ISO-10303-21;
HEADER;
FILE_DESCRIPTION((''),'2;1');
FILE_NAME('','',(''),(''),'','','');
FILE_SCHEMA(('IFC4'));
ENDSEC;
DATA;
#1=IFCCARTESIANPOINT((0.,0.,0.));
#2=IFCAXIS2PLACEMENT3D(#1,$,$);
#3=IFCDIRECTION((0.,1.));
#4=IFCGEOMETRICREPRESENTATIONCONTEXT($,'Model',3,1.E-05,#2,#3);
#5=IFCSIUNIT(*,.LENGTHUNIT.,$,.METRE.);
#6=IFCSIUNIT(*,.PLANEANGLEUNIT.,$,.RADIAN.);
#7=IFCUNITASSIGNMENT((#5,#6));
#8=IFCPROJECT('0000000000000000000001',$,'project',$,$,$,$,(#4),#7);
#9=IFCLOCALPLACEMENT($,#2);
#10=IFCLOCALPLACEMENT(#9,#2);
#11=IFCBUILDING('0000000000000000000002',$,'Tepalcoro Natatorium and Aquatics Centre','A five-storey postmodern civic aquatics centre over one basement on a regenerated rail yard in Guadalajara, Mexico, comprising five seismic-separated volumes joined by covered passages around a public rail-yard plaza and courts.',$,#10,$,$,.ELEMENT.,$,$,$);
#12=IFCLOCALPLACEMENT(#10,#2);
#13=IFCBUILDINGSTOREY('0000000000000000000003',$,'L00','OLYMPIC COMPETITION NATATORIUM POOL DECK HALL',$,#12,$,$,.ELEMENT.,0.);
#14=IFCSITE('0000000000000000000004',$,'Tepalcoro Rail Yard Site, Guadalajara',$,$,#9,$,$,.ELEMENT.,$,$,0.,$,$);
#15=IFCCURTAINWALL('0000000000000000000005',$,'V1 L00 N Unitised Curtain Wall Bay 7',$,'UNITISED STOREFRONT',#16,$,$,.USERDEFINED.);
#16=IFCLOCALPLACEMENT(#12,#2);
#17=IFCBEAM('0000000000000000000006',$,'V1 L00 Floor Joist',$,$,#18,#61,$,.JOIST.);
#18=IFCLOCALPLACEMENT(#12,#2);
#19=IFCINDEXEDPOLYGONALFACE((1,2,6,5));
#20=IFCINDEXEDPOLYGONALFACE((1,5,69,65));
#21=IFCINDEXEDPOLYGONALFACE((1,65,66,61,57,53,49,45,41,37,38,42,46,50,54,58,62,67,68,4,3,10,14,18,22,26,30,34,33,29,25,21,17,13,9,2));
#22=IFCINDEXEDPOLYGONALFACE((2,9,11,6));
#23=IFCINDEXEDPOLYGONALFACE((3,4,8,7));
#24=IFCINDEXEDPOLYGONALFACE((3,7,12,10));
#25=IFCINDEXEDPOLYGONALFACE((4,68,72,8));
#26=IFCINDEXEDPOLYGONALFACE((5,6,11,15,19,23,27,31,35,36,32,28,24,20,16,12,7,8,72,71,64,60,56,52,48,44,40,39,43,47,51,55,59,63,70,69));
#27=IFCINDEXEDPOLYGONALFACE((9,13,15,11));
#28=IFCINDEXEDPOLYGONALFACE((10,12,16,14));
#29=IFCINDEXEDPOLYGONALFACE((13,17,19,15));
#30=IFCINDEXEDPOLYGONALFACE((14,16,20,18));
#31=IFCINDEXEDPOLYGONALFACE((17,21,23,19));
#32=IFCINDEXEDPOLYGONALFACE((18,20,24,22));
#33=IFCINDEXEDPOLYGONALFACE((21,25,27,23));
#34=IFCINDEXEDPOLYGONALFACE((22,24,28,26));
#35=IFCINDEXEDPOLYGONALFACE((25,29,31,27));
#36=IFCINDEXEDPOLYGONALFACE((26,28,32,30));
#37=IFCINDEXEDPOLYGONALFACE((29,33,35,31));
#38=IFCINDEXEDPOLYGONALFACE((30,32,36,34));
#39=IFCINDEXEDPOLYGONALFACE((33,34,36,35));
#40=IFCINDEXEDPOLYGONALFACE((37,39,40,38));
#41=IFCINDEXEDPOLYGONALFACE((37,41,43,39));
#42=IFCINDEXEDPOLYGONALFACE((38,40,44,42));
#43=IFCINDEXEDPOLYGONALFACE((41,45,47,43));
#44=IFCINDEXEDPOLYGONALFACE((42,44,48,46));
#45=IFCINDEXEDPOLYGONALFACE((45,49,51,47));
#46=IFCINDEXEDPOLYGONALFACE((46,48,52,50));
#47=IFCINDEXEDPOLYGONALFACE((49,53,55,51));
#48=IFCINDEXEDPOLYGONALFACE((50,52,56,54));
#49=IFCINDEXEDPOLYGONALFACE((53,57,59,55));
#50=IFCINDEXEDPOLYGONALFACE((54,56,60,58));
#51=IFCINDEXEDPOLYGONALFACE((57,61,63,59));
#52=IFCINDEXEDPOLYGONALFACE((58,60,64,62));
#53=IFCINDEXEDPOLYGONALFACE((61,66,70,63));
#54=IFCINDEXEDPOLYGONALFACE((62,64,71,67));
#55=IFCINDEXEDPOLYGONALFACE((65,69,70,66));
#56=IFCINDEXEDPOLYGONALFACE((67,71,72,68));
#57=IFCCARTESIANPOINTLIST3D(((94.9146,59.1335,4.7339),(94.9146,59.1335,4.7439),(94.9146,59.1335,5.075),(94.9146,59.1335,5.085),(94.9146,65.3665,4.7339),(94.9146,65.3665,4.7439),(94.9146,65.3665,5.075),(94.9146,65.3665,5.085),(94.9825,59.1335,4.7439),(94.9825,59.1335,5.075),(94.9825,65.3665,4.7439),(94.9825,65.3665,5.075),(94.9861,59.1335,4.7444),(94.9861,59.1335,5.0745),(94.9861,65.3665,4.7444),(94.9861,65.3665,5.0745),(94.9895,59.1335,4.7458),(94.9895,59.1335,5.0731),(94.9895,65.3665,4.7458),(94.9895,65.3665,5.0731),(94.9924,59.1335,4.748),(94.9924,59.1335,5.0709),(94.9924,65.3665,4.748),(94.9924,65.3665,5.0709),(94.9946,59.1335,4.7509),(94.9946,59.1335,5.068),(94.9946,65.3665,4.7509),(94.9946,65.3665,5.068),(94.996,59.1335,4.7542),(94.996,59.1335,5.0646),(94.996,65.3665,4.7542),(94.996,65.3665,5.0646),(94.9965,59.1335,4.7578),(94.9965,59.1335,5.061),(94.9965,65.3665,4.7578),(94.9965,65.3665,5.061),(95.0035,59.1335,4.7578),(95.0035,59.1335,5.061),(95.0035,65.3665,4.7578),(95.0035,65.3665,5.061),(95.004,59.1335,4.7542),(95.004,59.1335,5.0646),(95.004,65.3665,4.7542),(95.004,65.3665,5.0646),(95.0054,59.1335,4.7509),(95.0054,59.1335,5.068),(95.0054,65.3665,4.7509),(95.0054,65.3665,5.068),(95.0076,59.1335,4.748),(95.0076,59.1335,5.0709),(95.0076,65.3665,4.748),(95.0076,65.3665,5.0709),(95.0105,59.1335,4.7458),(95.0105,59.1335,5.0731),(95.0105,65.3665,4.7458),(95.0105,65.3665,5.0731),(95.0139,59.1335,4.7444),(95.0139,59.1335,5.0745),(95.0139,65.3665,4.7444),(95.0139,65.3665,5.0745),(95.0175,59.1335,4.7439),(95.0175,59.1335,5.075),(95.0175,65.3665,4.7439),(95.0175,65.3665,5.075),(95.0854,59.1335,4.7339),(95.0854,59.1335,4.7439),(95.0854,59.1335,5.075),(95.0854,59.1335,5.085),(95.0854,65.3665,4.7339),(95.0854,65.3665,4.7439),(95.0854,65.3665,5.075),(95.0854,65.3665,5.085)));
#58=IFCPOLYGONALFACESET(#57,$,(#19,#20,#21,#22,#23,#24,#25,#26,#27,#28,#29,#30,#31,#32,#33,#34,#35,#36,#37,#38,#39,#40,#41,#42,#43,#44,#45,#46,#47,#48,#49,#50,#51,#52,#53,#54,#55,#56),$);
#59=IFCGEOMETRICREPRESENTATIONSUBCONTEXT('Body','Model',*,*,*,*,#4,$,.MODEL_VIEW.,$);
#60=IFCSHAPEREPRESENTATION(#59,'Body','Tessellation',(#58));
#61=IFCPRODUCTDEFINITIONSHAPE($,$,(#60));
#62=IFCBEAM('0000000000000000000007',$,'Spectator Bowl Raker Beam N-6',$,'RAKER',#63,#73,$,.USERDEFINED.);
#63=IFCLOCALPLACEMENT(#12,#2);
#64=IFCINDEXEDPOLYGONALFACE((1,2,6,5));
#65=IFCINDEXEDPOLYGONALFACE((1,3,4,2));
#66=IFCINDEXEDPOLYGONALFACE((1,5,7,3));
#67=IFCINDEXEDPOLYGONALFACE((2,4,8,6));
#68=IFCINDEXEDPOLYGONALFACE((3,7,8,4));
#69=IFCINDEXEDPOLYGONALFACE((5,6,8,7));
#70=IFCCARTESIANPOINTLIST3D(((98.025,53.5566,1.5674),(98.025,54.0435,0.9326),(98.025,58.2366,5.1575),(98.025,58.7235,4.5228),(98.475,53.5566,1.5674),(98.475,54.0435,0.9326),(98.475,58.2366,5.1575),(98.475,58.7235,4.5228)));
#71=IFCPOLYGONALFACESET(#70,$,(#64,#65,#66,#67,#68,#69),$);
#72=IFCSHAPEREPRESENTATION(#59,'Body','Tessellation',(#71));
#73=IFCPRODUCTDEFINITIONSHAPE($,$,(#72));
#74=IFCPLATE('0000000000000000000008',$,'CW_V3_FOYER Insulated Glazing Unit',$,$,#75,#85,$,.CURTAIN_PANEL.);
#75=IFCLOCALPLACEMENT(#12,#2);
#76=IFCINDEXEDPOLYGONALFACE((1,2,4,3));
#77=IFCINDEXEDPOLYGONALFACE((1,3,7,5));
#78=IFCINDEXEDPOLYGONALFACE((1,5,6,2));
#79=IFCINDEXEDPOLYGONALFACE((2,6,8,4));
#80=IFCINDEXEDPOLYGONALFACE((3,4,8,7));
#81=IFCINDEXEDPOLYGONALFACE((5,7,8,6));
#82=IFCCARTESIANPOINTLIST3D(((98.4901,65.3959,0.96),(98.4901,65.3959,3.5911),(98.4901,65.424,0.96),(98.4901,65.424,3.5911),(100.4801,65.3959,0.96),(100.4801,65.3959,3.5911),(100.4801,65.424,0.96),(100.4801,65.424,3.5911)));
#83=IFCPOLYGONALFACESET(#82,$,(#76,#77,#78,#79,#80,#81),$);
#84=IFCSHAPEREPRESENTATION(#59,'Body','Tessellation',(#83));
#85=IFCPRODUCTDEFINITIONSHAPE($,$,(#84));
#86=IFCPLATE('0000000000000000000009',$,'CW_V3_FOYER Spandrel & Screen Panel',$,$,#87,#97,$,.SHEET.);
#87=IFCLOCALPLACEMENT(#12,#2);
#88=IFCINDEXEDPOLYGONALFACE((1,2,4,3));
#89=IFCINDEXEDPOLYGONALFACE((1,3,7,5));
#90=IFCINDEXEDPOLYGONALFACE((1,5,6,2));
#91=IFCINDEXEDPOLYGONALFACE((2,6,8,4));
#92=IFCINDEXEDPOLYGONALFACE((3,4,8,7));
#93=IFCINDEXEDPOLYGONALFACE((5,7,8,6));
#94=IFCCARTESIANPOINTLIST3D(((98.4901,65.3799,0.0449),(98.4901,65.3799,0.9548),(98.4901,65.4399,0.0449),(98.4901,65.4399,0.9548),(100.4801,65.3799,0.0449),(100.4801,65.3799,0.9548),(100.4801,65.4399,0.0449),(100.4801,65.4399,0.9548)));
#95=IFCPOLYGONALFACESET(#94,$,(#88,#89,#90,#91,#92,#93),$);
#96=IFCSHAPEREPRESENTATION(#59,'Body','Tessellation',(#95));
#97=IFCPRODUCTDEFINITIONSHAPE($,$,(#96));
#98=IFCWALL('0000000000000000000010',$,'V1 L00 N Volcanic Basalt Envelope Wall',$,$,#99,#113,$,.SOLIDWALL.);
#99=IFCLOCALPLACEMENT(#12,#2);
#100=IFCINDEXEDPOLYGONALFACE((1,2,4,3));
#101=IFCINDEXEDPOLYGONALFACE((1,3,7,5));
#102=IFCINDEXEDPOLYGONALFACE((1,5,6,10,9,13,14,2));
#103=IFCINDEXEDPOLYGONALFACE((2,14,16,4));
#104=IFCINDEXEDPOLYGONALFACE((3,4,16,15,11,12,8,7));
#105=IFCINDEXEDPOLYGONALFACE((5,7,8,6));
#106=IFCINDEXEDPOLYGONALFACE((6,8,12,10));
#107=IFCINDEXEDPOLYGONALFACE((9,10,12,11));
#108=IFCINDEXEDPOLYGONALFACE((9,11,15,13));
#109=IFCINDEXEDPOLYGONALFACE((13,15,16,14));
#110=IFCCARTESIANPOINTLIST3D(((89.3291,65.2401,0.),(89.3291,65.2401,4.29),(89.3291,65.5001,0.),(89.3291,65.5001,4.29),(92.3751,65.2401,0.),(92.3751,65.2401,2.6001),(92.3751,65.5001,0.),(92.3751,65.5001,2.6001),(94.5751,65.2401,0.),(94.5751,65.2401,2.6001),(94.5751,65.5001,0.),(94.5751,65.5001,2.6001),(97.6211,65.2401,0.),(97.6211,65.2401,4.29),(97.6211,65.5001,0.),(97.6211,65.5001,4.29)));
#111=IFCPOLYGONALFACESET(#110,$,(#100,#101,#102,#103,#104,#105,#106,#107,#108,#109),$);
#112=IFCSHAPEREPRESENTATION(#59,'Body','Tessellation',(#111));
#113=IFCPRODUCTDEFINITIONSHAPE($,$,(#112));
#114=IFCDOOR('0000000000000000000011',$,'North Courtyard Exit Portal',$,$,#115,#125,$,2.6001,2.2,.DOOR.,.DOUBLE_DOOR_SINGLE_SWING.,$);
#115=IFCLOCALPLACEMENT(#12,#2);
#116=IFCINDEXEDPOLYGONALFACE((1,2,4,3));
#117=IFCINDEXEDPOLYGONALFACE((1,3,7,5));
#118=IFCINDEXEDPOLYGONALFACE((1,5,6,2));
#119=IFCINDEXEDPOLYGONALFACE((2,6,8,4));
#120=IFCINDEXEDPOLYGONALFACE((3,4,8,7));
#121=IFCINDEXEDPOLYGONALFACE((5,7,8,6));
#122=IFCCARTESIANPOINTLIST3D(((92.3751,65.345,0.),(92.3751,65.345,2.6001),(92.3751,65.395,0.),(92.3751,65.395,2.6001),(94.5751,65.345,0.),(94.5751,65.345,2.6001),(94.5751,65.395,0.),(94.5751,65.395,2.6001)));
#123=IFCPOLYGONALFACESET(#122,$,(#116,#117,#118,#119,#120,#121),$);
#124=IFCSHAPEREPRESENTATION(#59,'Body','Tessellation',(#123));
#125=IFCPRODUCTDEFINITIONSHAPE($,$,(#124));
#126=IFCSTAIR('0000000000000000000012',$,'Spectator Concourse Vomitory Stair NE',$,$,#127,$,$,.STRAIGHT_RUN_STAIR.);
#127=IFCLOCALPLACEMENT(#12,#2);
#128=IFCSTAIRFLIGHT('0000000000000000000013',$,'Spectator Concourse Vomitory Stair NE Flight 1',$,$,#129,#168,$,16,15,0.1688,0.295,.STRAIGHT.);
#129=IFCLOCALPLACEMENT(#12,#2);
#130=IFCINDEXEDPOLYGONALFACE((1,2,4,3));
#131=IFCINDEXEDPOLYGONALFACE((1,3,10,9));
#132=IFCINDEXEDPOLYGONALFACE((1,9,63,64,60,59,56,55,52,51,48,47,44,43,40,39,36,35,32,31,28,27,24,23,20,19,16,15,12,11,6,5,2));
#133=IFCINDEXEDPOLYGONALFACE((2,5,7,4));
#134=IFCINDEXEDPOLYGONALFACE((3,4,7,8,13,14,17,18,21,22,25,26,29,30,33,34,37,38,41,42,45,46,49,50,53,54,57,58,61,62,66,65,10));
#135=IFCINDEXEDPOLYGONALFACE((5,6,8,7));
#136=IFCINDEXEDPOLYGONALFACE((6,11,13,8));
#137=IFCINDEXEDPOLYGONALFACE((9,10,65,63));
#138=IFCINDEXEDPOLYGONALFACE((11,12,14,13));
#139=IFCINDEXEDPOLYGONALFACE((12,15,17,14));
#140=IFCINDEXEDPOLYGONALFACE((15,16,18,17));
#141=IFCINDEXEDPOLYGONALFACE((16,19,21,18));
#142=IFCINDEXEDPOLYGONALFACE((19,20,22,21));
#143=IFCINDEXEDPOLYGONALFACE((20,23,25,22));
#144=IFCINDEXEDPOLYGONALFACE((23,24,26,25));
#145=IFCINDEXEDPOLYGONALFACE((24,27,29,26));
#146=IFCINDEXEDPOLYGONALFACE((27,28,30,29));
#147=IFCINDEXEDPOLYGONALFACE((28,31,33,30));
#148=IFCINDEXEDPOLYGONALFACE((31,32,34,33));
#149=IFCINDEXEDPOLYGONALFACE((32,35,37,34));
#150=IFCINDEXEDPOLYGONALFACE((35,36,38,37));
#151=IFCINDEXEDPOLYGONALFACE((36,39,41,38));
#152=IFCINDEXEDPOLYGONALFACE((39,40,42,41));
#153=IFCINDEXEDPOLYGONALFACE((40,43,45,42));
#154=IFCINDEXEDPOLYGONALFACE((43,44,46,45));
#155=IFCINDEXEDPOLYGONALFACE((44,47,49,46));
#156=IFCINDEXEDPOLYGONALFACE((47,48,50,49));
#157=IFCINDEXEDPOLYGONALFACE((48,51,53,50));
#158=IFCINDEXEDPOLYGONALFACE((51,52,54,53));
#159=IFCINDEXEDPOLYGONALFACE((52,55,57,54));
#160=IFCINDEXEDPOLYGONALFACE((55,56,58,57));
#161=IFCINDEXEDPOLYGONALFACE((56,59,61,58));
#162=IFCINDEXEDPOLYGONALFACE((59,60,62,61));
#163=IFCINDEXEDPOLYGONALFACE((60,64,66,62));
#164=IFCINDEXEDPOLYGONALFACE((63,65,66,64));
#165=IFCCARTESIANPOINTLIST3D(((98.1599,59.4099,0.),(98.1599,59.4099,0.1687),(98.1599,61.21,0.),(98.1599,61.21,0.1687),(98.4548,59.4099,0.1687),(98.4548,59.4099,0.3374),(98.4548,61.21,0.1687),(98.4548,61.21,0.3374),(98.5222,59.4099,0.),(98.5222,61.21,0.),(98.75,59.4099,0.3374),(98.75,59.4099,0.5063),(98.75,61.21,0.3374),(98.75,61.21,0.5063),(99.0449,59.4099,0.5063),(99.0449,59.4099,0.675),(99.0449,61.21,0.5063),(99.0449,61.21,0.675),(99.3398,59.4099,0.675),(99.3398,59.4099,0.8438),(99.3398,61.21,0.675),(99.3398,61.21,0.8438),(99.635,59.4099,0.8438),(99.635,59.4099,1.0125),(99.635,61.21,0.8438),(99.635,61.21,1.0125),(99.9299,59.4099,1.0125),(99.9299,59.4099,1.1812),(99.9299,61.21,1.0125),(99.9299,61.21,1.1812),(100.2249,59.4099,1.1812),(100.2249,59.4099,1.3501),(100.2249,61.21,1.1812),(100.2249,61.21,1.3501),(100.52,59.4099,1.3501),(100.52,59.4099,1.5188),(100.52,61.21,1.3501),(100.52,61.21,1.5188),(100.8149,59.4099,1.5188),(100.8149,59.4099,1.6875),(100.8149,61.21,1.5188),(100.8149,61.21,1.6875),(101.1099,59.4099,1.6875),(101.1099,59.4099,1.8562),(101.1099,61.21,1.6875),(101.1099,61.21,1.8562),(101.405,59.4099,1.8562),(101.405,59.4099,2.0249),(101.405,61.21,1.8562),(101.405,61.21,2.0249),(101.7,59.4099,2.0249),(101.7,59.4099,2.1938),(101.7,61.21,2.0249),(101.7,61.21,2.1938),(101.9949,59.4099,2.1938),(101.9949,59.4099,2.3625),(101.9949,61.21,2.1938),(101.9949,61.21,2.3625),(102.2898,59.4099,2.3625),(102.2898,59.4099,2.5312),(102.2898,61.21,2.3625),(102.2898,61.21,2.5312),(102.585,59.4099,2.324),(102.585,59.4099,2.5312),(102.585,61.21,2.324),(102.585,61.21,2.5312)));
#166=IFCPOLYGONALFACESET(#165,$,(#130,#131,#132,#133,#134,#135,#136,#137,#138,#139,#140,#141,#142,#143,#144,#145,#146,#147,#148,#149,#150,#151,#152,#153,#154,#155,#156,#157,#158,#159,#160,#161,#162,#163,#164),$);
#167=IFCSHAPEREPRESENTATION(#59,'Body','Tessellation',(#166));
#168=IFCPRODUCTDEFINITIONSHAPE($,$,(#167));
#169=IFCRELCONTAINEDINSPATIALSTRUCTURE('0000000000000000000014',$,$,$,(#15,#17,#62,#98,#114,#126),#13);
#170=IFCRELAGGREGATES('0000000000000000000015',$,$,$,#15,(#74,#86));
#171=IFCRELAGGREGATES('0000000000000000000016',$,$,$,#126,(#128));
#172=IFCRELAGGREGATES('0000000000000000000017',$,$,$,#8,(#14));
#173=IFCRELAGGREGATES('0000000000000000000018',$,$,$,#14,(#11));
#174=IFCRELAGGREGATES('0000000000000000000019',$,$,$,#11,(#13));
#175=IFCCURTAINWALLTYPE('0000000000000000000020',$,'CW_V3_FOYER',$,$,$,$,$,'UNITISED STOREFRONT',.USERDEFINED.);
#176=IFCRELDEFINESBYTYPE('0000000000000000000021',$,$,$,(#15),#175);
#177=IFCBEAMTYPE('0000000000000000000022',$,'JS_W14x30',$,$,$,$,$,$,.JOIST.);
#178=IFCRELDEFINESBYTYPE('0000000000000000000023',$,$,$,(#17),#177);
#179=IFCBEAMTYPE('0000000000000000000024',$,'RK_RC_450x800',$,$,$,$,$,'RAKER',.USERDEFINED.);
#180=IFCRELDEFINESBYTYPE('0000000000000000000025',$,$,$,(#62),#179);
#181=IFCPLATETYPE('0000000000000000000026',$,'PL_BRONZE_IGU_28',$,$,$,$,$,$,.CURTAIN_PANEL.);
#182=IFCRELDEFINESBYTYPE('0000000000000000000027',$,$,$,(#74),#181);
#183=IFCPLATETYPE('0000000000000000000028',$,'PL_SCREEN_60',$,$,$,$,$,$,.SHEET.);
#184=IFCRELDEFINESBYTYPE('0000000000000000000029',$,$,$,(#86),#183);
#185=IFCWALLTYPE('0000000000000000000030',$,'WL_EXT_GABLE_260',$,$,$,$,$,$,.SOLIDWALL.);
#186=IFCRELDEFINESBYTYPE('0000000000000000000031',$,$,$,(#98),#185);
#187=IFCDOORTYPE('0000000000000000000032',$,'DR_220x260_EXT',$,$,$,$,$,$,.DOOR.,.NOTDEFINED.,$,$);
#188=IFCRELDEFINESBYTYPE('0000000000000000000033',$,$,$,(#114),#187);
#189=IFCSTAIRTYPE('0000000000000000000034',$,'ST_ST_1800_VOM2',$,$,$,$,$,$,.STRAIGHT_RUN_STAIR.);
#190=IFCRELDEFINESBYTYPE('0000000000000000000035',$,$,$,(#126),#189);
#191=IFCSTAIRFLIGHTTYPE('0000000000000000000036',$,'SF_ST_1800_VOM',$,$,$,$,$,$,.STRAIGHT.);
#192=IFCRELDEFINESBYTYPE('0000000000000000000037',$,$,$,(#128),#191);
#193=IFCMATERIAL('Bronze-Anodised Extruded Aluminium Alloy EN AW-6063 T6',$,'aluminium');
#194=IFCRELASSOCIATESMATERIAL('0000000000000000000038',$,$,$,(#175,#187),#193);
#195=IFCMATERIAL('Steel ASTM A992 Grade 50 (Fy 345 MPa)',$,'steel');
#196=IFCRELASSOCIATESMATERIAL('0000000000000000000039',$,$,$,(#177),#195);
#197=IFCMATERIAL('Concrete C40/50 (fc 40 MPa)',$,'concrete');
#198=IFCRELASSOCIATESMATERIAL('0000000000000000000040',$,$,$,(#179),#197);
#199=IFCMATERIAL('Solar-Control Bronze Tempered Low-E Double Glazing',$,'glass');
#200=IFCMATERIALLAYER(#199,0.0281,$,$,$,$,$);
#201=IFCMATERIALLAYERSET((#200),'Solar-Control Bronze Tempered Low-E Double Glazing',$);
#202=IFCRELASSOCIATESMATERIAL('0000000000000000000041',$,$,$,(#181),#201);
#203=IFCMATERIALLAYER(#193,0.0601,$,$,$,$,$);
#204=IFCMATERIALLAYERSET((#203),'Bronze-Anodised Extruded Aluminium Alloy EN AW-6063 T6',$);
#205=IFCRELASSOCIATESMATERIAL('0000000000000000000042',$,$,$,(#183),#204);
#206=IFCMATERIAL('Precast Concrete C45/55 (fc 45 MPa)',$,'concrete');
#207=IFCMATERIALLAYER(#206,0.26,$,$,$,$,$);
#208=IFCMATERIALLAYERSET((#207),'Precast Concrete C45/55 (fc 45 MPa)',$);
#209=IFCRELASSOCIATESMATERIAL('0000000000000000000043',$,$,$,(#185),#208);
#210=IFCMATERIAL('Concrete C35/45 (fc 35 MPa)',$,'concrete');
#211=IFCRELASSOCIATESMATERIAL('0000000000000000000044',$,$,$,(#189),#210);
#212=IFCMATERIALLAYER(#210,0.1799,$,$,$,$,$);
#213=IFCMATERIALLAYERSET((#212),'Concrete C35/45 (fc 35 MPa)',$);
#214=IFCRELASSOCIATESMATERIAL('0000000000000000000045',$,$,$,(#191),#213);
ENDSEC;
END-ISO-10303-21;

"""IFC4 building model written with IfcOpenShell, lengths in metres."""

from ifc_helpers import new_model, si_unit, direction, frame, frame_2d, origin, origin_2d, place, context, subcontext, project, spatial, polyline, rectangle, i_section, outline, extrude, material, layer, layer_set, material_profile, profile_set, type_object, element, fill, aggregate, save


model = new_model("IFC4")

# Units and contexts
model_context = context("Model", 3, precision=1e-05, world=origin(), true_north=direction((0.0, 1.0)))
body_context = subcontext(model_context, "Body", "Model", "MODEL_VIEW")
ifc_project = project(units=[si_unit("LENGTHUNIT", "METRE"), si_unit("PLANEANGLEUNIT", "RADIAN")], contexts=[model_context])

# Site, building, storey
site_placement = place(None, origin())
site = spatial("IfcSite", under=ifc_project, at=site_placement, Name="Tepalcoro Rail Yard Site, Guadalajara", CompositionType="ELEMENT", RefElevation=0.0)
building_placement = place(site_placement, origin())
building = spatial("IfcBuilding", under=site, at=building_placement, Name="Tepalcoro Natatorium and Aquatics Centre", Description="A five-storey postmodern civic aquatics centre over one basement on a regenerated rail yard in Guadalajara, Mexico, comprising five seismic-separated volumes joined by covered passages around a public rail-yard plaza and courts.", CompositionType="ELEMENT")
storey_placement = place(building_placement, origin())
storey = spatial("IfcBuildingStorey", under=building, at=storey_placement, Name="L00", Description="OLYMPIC COMPETITION NATATORIUM POOL DECK HALL", CompositionType="ELEMENT", Elevation=0.0)

# Shared definitions
ifc_material_1 = material(Name="Concrete C40/50 (fc 40 MPa)", Category="concrete")

# Shared definitions
ifc_material_2 = material(Name="Steel ASTM A992 Grade 50 (Fy 345 MPa)", Category="steel")

# Curtain wall
ifc_material_3 = material(Name="Bronze-Anodised Extruded Aluminium Alloy EN AW-6063 T6", Category="aluminium")
curtain_wall_type = type_object("IfcCurtainWallType", Name="CW_V3_FOYER", ElementType="UNITISED STOREFRONT", PredefinedType="USERDEFINED", material=ifc_material_3)
curtain_wall_placement = place(storey_placement, origin())
curtain_wall = element("IfcCurtainWall", 1, at=curtain_wall_placement, inside=storey, type_object=curtain_wall_type, Name="V1 L00 N Unitised Curtain Wall Bay 7", ObjectType="UNITISED STOREFRONT", PredefinedType="USERDEFINED")

# Beams
ifc_material_profile_1 = material_profile(ifc_material_2, i_section(OverallWidth=0.1709, OverallDepth=0.3511, WebThickness=0.0071, FlangeThickness=0.01, FilletRadius=0.0139, at=origin_2d()), Name="W14X30")
ifc_profile_set_1 = profile_set([ifc_material_profile_1], Name="Steel ASTM A992 Grade 50 (Fy 345 MPa)")
beam_type_1 = type_object("IfcBeamType", Name="JS_W14x30", PredefinedType="JOIST", material=ifc_profile_set_1)
beam_1_placement = place(storey_placement, frame((95.0, 59.1335, 4.9094), z_axis=(0.0, 1.0, 0.0), x_axis=(-1.0, 0.0, 0.0)))
element("IfcBeam", 2, at=beam_1_placement, inside=storey, type_object=beam_type_1, Name="V1 L00 Floor Joist", PredefinedType="JOIST", context=body_context, shape_type="SweptSolid", body=[
    extrude(i_section(OverallWidth=0.1709, OverallDepth=0.3511, WebThickness=0.0071, FlangeThickness=0.01, FilletRadius=0.0139, at=origin_2d()), origin(), (0.0, 0.0, 1.0), 6.2329),
])
ifc_material_profile_2 = material_profile(ifc_material_1, rectangle(XDim=0.45, YDim=0.8, at=origin_2d()), Name="RKR450x800")
ifc_profile_set_2 = profile_set([ifc_material_profile_2], Name="Concrete C40/50 (fc 40 MPa)")
beam_type_2 = type_object("IfcBeamType", Name="RK_RC_450x800", ElementType="RAKER", PredefinedType="USERDEFINED", material=ifc_profile_set_2)
beam_2_placement = place(storey_placement, frame((98.25, 53.8, 1.25), z_axis=(0.0, 0.793431, 0.60866), x_axis=(-1.0, 0.0, 0.0)))
element("IfcBeam", 3, at=beam_2_placement, inside=storey, type_object=beam_type_2, Name="Spectator Bowl Raker Beam N-6", ObjectType="RAKER", PredefinedType="USERDEFINED", context=body_context, shape_type="SweptSolid", body=[
    extrude(rectangle(XDim=0.45, YDim=0.8, at=origin_2d()), origin(), (0.0, 0.0, 1.0), 5.8984),
])

# Plates
ifc_material_4 = material(Name="Solar-Control Bronze Tempered Low-E Double Glazing", Category="glass")
ifc_layer_1 = layer(ifc_material_4, 0.0281)
ifc_layer_set_1 = layer_set([ifc_layer_1], Name="Solar-Control Bronze Tempered Low-E Double Glazing")
plate_type_1 = type_object("IfcPlateType", Name="PL_BRONZE_IGU_28", PredefinedType="CURTAIN_PANEL", material=ifc_layer_set_1)
plate_1_placement = place(storey_placement, frame((99.4851, 65.4099, 0.96), z_axis=(0.0, 0.0, 1.0), x_axis=(1.0, 0.0, 0.0)))
plate_1 = element("IfcPlate", 4, at=plate_1_placement, type_object=plate_type_1, Name="CW_V3_FOYER Insulated Glazing Unit", PredefinedType="CURTAIN_PANEL", context=body_context, shape_type="SweptSolid", body=[
    extrude(rectangle(XDim=1.99, YDim=0.0281, at=origin_2d()), origin(), (0.0, 0.0, 1.0), 2.6311),
])
ifc_layer_2 = layer(ifc_material_3, 0.0601)
ifc_layer_set_2 = layer_set([ifc_layer_2], Name="Bronze-Anodised Extruded Aluminium Alloy EN AW-6063 T6")
plate_type_2 = type_object("IfcPlateType", Name="PL_SCREEN_60", PredefinedType="SHEET", material=ifc_layer_set_2)
plate_2_placement = place(storey_placement, frame((99.4851, 65.4099, 0.0449), z_axis=(0.0, 0.0, 1.0), x_axis=(1.0, 0.0, 0.0)))
plate_2 = element("IfcPlate", 5, at=plate_2_placement, type_object=plate_type_2, Name="CW_V3_FOYER Spandrel & Screen Panel", PredefinedType="SHEET", context=body_context, shape_type="SweptSolid", body=[
    extrude(rectangle(XDim=1.99, YDim=0.0601, at=origin_2d()), origin(), (0.0, 0.0, 1.0), 0.9099),
])
aggregate(curtain_wall, [plate_1, plate_2])

# Wall, opening, door
ifc_material_5 = material(Name="Precast Concrete C45/55 (fc 45 MPa)", Category="concrete")
ifc_layer_3 = layer(ifc_material_5, 0.26)
ifc_layer_set_3 = layer_set([ifc_layer_3], Name="Precast Concrete C45/55 (fc 45 MPa)")
wall_type = type_object("IfcWallType", Name="WL_EXT_GABLE_260", PredefinedType="SOLIDWALL", material=ifc_layer_set_3)
wall_placement = place(storey_placement, frame((89.3291, 65.3701, 0.0), z_axis=(0.0, 0.0, 1.0), x_axis=(1.0, 0.0, 0.0)))
wall = element("IfcWall", 6, at=wall_placement, inside=storey, type_object=wall_type, Name="V1 L00 N Volcanic Basalt Envelope Wall", PredefinedType="SOLIDWALL", context=body_context, shape_type="SweptSolid", body=[
    extrude(rectangle(XDim=8.292, YDim=0.26, at=frame_2d((4.146, 0.0))), origin(), (0.0, 0.0, 1.0), 4.29),
])
opening_placement = place(wall_placement, frame((3.0459, 0.0, 0.0)))
opening = element("IfcOpeningElement", 7, at=opening_placement, cuts=wall, PredefinedType="OPENING", context=body_context, shape_type="SweptSolid", body=[
    extrude(rectangle(XDim=2.2, YDim=2.6001, at=frame_2d((1.1001, 1.3))), frame((0.0, 0.1421, 0.0), z_axis=(0.0, -1.0, 0.0), x_axis=(1.0, 0.0, 0.0)), (0.0, 0.0, 1.0), 0.2839),
])
door_type = type_object("IfcDoorType", Name="DR_220x260_EXT", OperationType="NOTDEFINED", PredefinedType="DOOR", material=ifc_material_3)
door_placement = place(opening_placement, origin())
door = element("IfcDoor", 8, at=door_placement, inside=storey, type_object=door_type, Name="North Courtyard Exit Portal", OperationType="DOUBLE_DOOR_SINGLE_SWING", OverallHeight=2.6001, OverallWidth=2.2, PredefinedType="DOOR", context=body_context, shape_type="SweptSolid", body=[
    extrude(rectangle(XDim=2.2, YDim=2.6001, at=frame_2d((1.1001, 1.3))), frame((0.0, 0.0249, 0.0), z_axis=(0.0, -1.0, 0.0), x_axis=(1.0, 0.0, 0.0)), (0.0, 0.0, 1.0), 0.05),
])
fill(opening, door)

# Stair, stair flight
ifc_material_6 = material(Name="Concrete C35/45 (fc 35 MPa)", Category="concrete")
stair_type = type_object("IfcStairType", Name="ST_ST_1800_VOM2", PredefinedType="STRAIGHT_RUN_STAIR", material=ifc_material_6)
stair_placement = place(storey_placement, origin())
stair = element("IfcStair", 9, at=stair_placement, inside=storey, type_object=stair_type, Name="Spectator Concourse Vomitory Stair NE", PredefinedType="STRAIGHT_RUN_STAIR")
ifc_layer_4 = layer(ifc_material_6, 0.1799)
ifc_layer_set_4 = layer_set([ifc_layer_4], Name="Concrete C35/45 (fc 35 MPa)")
stair_flight_type = type_object("IfcStairFlightType", Name="SF_ST_1800_VOM", PredefinedType="STRAIGHT", material=ifc_layer_set_4)
stair_flight_placement = place(storey_placement, frame((98.1599, 60.3101, 0.0), z_axis=(0.0, 0.0, 1.0), x_axis=(1.0, 0.0, 0.0)))
stair_flight = element("IfcStairFlight", 10, at=stair_flight_placement, type_object=stair_flight_type, Name="Spectator Concourse Vomitory Stair NE Flight 1", NumberOfRisers=16, NumberOfTreads=15, PredefinedType="STRAIGHT", RiserHeight=0.1688, TreadLength=0.295, context=body_context, shape_type="SweptSolid", body=[
    extrude(outline(polyline([(0.0, 0.0), (0.0, 0.1687), (0.2949, 0.1687), (0.2949, 0.3374), (0.5901, 0.3374), (0.5901, 0.5063), (0.885, 0.5063), (0.885, 0.675), (1.1799, 0.675), (1.1799, 0.8438), (1.4751, 0.8438), (1.4751, 1.0125), (1.77, 1.0125), (1.77, 1.1812), (2.0649, 1.1812), (2.0649, 1.3501), (2.3601, 1.3501), (2.3601, 1.5188), (2.655, 1.5188), (2.655, 1.6875), (2.95, 1.6875), (2.95, 1.8562), (3.2451, 1.8562), (3.2451, 2.0249), (3.54, 2.0249), (3.54, 2.1938), (3.835, 2.1938), (3.835, 2.3625), (4.1299, 2.3625), (4.1299, 2.5312), (4.425, 2.5312), (4.425, 2.7), (4.425, 2.324), (0.3623, 0.0), (0.0, 0.0)])), frame((0.0, 0.8999, 0.0), z_axis=(0.0, -1.0, 0.0), x_axis=(1.0, 0.0, 0.0)), (0.0, 0.0, 1.0), 1.8),
])
aggregate(stair, [stair_flight])

save(model, "model.ifc")
